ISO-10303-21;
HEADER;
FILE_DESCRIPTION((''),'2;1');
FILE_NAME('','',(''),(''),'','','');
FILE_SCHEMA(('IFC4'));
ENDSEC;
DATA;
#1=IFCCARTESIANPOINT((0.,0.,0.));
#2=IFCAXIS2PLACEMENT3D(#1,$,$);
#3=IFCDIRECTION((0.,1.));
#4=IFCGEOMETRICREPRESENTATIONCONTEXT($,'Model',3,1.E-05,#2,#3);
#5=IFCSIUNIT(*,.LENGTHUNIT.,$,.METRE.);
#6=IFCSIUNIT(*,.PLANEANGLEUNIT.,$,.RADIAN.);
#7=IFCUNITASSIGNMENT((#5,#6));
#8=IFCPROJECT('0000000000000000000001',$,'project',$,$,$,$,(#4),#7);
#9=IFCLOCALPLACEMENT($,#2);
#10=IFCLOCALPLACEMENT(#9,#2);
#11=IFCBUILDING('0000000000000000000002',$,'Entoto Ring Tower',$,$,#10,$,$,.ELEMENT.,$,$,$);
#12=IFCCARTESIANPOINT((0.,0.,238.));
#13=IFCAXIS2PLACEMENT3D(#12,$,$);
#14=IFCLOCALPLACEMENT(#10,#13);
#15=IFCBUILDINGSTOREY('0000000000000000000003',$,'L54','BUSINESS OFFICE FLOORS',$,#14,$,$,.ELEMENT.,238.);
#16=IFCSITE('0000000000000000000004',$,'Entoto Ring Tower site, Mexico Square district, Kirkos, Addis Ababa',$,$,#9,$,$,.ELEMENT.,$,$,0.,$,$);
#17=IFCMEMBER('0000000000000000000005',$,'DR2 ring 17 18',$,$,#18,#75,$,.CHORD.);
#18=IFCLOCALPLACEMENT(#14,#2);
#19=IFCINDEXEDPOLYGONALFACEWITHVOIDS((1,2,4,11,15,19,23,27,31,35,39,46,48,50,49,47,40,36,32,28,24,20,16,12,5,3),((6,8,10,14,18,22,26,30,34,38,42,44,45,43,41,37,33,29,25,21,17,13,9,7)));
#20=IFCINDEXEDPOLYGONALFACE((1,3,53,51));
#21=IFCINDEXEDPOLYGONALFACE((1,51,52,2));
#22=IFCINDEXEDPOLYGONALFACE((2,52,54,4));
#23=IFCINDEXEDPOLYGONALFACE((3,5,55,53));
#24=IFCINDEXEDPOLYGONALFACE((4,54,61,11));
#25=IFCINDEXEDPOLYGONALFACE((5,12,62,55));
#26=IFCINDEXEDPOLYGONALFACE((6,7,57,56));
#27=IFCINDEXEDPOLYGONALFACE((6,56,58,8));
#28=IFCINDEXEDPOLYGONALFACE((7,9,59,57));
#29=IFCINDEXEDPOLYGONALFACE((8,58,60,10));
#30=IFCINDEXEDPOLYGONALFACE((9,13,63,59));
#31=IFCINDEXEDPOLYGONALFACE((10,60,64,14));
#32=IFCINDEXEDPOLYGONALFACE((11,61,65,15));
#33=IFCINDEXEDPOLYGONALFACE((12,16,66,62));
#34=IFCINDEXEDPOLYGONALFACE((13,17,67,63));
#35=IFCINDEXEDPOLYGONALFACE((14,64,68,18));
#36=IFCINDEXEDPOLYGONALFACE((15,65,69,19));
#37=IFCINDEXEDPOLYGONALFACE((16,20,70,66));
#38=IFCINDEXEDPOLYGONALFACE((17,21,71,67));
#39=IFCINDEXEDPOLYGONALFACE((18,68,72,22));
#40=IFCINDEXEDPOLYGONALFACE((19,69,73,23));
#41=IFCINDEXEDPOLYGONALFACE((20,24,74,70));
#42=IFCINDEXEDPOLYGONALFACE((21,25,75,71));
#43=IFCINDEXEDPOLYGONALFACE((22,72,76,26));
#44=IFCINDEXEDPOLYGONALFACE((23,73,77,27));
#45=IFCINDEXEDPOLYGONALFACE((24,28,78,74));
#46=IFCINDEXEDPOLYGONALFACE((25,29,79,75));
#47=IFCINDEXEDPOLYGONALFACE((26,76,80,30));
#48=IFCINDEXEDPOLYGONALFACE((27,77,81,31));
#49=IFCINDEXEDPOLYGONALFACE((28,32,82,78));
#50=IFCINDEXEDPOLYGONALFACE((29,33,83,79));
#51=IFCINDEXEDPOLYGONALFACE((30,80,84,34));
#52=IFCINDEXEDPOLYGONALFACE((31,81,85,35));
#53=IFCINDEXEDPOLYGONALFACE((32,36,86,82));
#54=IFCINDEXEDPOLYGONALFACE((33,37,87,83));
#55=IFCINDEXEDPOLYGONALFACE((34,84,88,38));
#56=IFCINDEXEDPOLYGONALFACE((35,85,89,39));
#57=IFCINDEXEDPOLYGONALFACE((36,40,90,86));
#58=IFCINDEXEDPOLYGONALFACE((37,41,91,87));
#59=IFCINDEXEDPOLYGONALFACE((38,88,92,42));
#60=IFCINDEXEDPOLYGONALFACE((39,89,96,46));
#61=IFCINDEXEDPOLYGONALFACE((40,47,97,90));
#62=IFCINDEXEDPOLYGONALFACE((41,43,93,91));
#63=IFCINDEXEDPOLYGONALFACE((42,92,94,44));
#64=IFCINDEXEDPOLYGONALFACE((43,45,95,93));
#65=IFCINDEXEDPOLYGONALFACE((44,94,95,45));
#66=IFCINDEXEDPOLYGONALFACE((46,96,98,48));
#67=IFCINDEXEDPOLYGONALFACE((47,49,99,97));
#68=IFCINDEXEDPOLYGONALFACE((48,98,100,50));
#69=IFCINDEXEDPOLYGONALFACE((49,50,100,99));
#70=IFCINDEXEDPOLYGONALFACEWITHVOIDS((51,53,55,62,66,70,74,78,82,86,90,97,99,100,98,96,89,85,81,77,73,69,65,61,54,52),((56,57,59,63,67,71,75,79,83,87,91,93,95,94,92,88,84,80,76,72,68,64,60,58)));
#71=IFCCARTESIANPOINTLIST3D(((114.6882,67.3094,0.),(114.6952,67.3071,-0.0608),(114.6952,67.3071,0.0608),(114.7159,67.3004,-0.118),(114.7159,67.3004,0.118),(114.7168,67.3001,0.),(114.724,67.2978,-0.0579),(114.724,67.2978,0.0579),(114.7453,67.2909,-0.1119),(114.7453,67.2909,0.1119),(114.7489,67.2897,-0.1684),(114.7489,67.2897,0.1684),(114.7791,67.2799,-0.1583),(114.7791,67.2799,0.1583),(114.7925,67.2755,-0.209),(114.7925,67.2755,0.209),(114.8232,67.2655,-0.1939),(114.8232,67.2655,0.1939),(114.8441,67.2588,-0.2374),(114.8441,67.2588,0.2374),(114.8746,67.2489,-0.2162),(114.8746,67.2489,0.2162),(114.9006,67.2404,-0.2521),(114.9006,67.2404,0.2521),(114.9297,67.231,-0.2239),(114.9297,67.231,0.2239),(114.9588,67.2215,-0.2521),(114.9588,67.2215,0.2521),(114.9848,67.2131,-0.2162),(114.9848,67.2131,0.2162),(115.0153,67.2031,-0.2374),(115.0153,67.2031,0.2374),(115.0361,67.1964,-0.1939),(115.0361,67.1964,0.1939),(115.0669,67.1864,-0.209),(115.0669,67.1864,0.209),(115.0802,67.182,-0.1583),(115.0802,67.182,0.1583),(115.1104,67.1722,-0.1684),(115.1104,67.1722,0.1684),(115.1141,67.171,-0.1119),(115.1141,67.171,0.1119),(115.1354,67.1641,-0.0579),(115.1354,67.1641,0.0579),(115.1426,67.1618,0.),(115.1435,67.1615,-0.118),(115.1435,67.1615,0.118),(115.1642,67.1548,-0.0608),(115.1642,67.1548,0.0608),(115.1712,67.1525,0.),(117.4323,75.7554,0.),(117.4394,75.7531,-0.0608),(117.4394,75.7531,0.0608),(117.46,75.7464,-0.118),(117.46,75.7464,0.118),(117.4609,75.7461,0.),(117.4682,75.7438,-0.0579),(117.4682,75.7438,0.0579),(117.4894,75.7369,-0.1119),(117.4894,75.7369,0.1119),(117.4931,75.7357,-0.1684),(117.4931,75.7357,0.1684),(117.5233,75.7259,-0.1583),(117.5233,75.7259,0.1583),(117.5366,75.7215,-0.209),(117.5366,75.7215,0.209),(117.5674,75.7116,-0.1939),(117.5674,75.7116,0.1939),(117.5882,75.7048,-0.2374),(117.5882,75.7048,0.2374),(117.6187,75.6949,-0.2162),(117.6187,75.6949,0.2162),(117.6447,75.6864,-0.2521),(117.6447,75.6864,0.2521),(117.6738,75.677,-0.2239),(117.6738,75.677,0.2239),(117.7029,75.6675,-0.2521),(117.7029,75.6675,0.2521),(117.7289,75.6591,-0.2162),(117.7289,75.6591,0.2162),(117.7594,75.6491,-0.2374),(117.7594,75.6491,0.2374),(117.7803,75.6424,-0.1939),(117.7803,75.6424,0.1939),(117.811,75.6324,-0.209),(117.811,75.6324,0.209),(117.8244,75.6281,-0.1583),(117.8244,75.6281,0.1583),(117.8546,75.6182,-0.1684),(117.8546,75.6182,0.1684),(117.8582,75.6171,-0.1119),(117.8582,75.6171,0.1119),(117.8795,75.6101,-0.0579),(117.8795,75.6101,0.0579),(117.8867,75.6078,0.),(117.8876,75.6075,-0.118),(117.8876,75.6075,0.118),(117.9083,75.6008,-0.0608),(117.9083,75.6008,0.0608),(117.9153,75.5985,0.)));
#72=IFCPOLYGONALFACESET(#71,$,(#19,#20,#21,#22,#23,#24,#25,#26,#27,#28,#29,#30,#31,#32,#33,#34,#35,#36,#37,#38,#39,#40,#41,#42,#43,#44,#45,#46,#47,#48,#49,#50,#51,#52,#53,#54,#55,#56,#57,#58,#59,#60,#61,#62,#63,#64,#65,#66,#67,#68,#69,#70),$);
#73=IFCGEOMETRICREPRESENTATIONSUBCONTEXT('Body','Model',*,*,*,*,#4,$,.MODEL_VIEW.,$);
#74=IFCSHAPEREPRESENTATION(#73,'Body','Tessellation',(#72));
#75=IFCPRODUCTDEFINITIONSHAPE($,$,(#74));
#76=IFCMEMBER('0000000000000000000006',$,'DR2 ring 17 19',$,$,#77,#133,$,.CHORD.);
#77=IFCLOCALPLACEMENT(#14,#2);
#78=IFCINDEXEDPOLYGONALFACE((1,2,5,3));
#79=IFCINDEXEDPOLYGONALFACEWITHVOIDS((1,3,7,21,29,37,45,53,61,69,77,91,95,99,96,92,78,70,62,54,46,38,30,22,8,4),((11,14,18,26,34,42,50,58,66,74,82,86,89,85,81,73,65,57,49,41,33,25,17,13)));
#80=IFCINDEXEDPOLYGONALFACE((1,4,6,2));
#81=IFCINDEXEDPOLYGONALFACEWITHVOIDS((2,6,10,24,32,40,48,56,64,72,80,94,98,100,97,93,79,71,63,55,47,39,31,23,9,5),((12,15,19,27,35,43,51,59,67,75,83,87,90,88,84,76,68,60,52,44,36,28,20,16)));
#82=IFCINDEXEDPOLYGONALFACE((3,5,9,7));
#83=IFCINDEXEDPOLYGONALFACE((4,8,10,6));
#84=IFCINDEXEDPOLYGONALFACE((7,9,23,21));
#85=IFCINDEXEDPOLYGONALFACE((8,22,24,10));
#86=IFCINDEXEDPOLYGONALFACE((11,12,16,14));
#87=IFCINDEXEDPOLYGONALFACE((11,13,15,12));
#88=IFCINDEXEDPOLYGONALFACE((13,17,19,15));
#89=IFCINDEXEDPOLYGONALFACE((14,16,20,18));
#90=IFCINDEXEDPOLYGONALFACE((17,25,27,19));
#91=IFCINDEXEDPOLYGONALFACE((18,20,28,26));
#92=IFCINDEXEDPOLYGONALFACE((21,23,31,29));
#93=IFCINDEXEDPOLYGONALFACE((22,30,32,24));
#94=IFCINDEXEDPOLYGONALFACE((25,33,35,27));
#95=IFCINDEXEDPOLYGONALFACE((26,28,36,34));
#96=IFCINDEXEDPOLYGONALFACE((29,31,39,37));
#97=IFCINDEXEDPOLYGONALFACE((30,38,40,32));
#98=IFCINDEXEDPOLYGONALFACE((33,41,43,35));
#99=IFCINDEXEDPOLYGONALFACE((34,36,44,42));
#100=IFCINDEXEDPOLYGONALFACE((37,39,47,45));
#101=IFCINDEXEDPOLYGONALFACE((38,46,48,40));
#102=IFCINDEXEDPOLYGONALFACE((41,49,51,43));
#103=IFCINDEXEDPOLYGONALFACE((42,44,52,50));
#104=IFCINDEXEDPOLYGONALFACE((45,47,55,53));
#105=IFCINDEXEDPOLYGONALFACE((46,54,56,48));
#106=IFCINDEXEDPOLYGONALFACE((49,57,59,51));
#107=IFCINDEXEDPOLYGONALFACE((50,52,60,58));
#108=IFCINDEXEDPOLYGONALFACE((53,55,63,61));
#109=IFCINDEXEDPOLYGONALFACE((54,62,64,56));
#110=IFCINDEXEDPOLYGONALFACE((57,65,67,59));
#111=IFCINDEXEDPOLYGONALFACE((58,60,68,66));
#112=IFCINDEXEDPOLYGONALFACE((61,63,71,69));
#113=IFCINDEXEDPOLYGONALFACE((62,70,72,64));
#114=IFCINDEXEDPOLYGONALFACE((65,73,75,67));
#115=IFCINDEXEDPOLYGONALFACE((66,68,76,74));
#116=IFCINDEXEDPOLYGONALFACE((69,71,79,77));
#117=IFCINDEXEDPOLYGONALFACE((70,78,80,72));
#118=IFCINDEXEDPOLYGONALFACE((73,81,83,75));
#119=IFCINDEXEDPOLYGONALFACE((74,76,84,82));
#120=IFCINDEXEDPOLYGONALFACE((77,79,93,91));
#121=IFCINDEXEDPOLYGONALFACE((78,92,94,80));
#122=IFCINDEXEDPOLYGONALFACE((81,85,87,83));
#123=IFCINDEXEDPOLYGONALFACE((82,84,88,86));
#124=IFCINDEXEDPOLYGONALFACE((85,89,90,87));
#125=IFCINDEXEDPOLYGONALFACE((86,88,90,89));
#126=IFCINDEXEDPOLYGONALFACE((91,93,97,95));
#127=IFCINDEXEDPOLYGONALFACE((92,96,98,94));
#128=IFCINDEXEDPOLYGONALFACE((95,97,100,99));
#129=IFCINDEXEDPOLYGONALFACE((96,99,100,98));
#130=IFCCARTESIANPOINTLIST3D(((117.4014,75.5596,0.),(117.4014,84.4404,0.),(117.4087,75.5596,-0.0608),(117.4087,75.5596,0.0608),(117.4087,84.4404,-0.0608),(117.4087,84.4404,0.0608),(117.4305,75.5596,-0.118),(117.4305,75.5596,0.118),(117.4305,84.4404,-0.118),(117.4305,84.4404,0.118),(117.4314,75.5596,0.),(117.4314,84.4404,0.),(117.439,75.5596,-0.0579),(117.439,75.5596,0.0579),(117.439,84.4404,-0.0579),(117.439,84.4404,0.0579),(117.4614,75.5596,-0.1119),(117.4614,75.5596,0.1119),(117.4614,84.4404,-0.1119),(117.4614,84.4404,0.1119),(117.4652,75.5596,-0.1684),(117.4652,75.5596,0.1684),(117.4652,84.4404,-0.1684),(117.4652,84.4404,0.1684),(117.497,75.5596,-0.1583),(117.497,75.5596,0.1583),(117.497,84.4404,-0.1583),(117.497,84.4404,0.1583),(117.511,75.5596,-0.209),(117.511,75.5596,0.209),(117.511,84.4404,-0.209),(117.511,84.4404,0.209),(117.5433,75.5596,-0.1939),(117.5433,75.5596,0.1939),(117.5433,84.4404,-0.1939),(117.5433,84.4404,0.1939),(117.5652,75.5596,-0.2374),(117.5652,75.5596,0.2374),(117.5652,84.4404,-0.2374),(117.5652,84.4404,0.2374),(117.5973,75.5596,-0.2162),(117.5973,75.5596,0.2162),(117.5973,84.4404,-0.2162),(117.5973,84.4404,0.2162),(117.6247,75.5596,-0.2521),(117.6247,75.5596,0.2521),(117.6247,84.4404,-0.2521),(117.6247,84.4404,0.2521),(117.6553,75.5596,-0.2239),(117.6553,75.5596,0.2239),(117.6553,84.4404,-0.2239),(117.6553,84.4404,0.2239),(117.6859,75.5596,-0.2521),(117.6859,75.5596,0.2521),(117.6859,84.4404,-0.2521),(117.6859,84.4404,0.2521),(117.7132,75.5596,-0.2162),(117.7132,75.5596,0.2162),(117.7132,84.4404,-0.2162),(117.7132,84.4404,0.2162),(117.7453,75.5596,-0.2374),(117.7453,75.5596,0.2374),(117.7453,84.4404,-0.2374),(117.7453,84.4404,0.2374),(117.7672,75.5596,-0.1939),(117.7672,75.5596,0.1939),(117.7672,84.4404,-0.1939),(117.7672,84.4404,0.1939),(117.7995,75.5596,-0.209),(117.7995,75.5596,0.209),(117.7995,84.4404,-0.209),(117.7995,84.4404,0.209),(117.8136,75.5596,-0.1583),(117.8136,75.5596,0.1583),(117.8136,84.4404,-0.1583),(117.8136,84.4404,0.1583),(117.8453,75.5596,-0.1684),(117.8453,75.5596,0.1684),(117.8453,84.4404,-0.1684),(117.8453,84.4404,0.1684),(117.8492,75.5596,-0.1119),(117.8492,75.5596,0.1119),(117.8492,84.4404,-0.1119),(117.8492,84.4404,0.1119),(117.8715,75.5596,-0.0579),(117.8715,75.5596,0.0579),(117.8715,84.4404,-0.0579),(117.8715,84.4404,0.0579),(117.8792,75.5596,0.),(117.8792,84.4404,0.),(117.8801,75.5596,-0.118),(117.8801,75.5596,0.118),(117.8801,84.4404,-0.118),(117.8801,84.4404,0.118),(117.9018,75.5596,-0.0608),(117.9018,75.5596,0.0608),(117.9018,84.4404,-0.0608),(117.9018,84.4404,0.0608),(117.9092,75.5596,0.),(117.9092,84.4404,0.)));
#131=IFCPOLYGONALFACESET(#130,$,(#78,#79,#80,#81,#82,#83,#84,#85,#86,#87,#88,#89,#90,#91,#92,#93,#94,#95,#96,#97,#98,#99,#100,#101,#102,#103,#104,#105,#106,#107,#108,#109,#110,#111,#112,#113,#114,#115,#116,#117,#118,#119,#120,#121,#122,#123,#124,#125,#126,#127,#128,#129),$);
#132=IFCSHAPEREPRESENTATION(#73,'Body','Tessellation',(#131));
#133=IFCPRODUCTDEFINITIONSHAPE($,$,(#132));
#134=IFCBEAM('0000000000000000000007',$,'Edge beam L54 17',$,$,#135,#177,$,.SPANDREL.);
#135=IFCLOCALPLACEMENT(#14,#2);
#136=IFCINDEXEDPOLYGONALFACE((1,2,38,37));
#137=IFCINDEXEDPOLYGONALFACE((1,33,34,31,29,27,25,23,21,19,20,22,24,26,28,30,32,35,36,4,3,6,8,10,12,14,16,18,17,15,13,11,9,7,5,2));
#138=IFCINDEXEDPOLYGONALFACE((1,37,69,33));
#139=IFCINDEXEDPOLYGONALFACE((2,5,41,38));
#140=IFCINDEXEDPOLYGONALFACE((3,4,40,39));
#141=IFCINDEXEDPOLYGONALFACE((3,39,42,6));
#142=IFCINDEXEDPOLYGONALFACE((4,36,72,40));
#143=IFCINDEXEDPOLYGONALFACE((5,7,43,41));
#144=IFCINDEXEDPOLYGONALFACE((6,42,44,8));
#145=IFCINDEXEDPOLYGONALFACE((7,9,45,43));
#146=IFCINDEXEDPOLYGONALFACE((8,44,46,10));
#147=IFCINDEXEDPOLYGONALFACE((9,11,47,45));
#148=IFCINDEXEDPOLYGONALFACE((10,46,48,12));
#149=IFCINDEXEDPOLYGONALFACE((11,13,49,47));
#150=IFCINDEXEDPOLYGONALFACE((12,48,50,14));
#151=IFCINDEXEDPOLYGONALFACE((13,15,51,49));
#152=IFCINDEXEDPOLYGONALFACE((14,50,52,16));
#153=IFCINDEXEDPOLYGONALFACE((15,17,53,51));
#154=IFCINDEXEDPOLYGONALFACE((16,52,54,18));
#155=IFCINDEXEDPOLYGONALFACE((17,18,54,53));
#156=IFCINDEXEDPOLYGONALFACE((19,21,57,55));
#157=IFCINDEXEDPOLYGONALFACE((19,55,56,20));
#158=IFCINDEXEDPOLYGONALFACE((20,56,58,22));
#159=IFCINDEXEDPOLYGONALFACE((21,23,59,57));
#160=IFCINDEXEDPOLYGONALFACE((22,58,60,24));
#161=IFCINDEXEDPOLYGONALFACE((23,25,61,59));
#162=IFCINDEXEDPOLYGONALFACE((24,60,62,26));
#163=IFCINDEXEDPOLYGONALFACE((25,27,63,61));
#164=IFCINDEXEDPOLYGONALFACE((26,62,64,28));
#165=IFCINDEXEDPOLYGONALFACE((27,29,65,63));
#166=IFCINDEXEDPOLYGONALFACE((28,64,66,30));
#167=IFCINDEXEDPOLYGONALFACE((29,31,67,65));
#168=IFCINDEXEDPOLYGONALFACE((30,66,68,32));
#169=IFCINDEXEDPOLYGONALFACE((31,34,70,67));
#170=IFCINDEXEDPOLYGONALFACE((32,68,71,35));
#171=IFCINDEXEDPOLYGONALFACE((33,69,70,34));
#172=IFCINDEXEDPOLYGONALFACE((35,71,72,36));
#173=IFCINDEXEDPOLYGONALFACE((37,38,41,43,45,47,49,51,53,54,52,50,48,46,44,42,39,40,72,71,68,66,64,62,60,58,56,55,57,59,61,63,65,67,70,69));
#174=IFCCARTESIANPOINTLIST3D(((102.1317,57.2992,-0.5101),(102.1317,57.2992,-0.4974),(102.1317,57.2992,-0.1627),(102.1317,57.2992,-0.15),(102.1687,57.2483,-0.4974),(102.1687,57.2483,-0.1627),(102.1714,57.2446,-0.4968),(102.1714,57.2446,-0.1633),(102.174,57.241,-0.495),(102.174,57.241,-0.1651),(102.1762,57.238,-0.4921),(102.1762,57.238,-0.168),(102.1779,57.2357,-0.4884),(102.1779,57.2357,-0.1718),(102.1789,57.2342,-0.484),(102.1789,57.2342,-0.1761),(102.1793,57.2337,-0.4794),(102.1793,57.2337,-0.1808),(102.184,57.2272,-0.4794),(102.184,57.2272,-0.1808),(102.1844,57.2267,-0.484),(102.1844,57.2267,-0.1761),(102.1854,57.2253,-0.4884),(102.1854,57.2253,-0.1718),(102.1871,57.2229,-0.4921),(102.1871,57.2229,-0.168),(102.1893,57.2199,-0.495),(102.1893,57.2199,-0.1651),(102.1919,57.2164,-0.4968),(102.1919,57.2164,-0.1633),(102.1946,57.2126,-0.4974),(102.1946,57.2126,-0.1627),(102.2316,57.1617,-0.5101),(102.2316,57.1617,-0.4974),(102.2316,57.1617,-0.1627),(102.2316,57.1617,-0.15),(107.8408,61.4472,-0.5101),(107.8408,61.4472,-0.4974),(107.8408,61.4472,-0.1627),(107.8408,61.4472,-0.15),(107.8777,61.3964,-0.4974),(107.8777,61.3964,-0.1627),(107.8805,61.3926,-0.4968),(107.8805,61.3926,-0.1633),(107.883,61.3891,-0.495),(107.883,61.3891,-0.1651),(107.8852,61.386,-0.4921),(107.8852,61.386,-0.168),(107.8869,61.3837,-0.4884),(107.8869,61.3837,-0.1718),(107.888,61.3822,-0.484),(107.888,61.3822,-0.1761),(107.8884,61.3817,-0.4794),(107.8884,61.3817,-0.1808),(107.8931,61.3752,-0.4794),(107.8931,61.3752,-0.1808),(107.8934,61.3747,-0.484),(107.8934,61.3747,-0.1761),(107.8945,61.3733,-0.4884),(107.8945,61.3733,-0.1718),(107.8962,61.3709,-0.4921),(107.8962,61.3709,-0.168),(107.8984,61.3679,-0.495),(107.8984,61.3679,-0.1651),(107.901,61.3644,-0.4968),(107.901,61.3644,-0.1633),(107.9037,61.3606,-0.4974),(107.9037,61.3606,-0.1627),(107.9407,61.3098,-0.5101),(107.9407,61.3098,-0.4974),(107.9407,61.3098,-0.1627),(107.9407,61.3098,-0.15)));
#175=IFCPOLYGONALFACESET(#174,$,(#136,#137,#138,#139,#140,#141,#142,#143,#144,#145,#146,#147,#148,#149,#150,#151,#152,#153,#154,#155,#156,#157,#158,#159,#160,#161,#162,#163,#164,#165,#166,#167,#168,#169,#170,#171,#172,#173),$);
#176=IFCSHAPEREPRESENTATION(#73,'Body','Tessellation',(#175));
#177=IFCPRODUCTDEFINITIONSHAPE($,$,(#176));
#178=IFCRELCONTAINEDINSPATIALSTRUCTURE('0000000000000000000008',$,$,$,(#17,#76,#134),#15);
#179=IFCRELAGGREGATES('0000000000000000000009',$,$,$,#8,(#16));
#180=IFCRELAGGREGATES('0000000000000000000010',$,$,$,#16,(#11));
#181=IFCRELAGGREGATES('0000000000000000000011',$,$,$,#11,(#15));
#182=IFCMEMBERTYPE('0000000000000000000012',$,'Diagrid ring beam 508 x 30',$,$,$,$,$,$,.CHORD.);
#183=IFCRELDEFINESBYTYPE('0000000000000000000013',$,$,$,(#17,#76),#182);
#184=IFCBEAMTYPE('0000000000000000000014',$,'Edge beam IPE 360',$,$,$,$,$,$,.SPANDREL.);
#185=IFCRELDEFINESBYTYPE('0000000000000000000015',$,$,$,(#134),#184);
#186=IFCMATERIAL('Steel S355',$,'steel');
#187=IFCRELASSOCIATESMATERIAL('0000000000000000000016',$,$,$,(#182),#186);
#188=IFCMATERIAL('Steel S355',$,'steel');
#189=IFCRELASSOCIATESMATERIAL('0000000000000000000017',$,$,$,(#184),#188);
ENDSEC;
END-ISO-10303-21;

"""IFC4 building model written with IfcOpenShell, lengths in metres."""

from ifc_helpers import new_model, si_unit, direction, frame, origin, origin_2d, place, context, subcontext, project, spatial, circle, hollow_circle, i_section, extrude, material, material_profile, profile_set, type_object, element, save


model = new_model("IFC4")

# Units and contexts
model_context = context("Model", 3, precision=1e-05, world=origin(), true_north=direction((0.0, 1.0)))
body_context = subcontext(model_context, "Body", "Model", "MODEL_VIEW")
ifc_project = project(units=[si_unit("LENGTHUNIT", "METRE"), si_unit("PLANEANGLEUNIT", "RADIAN")], contexts=[model_context])

# Site, building, storey
site_placement = place(None, origin())
site = spatial("IfcSite", under=ifc_project, at=site_placement, Name="Entoto Ring Tower site, Mexico Square district, Kirkos, Addis Ababa", CompositionType="ELEMENT", RefElevation=0.0)
building_placement = place(site_placement, origin())
building = spatial("IfcBuilding", under=site, at=building_placement, Name="Entoto Ring Tower", CompositionType="ELEMENT")
storey_placement = place(building_placement, frame((0.0, 0.0, 238.0)))
storey = spatial("IfcBuildingStorey", under=building, at=storey_placement, Name="L54", Description="BUSINESS OFFICE FLOORS", CompositionType="ELEMENT", Elevation=238.0)

# Members
ifc_material_1 = material(Name="Steel S355", Category="steel")
ifc_material_profile_1 = material_profile(ifc_material_1, hollow_circle(Radius=0.2539, WallThickness=0.03, at=origin_2d()), Name="CHS 508 x 30")
ifc_material_2 = material(Name="Concrete C60/75", Category="concrete")
ifc_material_profile_2 = material_profile(ifc_material_2, circle(Radius=0.2241, at=origin_2d()), Name="Concrete C60/75 infill")
ifc_profile_set_1 = profile_set([ifc_material_profile_1, ifc_material_profile_2], Name="Steel S355")
member_type_1 = type_object("IfcMemberType", Name="Diagrid ring beam 508 x 30", PredefinedType="CHORD", material=ifc_profile_set_1)
for number, where, z_axis, x_axis, name in (
    (1, (114.9297, 67.231, 0.0), (0.309002, 0.951061, 0.0), (-0.951061, 0.309002, 0.0), "DR2 ring 17 18"),
):
    element("IfcMember", number, at=place(storey_placement, frame(where, z_axis=z_axis, x_axis=x_axis)), inside=storey, type_object=member_type_1, Name=name, PredefinedType="CHORD", context=body_context, shape_type="SweptSolid", body=[
        extrude(hollow_circle(Radius=0.2539, WallThickness=0.03, at=origin_2d()), origin(), (0.0, 0.0, 1.0), 8.8806),
    ])
member_placement = place(storey_placement, frame((117.6553, 75.5596, 0.0), z_axis=(0.0, 1.0, 0.0), x_axis=(-1.0, 0.0, 0.0)))
element("IfcMember", 2, at=member_placement, inside=storey, type_object=member_type_1, Name="DR2 ring 17 19", PredefinedType="CHORD", context=body_context, shape_type="SweptSolid", body=[
    extrude(hollow_circle(Radius=0.2539, WallThickness=0.03, at=origin_2d()), origin(), (0.0, 0.0, 1.0), 8.8809),
])

# Beam
ifc_material_3 = material(Name="Steel S355", Category="steel")
ifc_material_profile_3 = material_profile(ifc_material_3, i_section(OverallWidth=0.1699, OverallDepth=0.3601, WebThickness=0.0081, FlangeThickness=0.0127, FilletRadius=0.0181, at=origin_2d()), Name="IPE 360")
ifc_profile_set_2 = profile_set([ifc_material_profile_3], Name="Steel S355")
beam_type_1 = type_object("IfcBeamType", Name="Edge beam IPE 360", PredefinedType="SPANDREL", material=ifc_profile_set_2)
for number, where, z_axis, x_axis, name in (
    (3, (102.1816, 57.2305, -0.3301), (0.809008, 0.587797, 0.0), (-0.587797, 0.809008, 0.0), "Edge beam L54 17"),
):
    element("IfcBeam", number, at=place(storey_placement, frame(where, z_axis=z_axis, x_axis=x_axis)), inside=storey, type_object=beam_type_1, Name=name, PredefinedType="SPANDREL", context=body_context, shape_type="SweptSolid", body=[
        extrude(i_section(OverallWidth=0.1699, OverallDepth=0.3601, WebThickness=0.0081, FlangeThickness=0.0127, FilletRadius=0.0181, at=origin_2d()), origin(), (0.0, 0.0, 1.0), 7.0569),
    ])

save(model, "model.ifc")
